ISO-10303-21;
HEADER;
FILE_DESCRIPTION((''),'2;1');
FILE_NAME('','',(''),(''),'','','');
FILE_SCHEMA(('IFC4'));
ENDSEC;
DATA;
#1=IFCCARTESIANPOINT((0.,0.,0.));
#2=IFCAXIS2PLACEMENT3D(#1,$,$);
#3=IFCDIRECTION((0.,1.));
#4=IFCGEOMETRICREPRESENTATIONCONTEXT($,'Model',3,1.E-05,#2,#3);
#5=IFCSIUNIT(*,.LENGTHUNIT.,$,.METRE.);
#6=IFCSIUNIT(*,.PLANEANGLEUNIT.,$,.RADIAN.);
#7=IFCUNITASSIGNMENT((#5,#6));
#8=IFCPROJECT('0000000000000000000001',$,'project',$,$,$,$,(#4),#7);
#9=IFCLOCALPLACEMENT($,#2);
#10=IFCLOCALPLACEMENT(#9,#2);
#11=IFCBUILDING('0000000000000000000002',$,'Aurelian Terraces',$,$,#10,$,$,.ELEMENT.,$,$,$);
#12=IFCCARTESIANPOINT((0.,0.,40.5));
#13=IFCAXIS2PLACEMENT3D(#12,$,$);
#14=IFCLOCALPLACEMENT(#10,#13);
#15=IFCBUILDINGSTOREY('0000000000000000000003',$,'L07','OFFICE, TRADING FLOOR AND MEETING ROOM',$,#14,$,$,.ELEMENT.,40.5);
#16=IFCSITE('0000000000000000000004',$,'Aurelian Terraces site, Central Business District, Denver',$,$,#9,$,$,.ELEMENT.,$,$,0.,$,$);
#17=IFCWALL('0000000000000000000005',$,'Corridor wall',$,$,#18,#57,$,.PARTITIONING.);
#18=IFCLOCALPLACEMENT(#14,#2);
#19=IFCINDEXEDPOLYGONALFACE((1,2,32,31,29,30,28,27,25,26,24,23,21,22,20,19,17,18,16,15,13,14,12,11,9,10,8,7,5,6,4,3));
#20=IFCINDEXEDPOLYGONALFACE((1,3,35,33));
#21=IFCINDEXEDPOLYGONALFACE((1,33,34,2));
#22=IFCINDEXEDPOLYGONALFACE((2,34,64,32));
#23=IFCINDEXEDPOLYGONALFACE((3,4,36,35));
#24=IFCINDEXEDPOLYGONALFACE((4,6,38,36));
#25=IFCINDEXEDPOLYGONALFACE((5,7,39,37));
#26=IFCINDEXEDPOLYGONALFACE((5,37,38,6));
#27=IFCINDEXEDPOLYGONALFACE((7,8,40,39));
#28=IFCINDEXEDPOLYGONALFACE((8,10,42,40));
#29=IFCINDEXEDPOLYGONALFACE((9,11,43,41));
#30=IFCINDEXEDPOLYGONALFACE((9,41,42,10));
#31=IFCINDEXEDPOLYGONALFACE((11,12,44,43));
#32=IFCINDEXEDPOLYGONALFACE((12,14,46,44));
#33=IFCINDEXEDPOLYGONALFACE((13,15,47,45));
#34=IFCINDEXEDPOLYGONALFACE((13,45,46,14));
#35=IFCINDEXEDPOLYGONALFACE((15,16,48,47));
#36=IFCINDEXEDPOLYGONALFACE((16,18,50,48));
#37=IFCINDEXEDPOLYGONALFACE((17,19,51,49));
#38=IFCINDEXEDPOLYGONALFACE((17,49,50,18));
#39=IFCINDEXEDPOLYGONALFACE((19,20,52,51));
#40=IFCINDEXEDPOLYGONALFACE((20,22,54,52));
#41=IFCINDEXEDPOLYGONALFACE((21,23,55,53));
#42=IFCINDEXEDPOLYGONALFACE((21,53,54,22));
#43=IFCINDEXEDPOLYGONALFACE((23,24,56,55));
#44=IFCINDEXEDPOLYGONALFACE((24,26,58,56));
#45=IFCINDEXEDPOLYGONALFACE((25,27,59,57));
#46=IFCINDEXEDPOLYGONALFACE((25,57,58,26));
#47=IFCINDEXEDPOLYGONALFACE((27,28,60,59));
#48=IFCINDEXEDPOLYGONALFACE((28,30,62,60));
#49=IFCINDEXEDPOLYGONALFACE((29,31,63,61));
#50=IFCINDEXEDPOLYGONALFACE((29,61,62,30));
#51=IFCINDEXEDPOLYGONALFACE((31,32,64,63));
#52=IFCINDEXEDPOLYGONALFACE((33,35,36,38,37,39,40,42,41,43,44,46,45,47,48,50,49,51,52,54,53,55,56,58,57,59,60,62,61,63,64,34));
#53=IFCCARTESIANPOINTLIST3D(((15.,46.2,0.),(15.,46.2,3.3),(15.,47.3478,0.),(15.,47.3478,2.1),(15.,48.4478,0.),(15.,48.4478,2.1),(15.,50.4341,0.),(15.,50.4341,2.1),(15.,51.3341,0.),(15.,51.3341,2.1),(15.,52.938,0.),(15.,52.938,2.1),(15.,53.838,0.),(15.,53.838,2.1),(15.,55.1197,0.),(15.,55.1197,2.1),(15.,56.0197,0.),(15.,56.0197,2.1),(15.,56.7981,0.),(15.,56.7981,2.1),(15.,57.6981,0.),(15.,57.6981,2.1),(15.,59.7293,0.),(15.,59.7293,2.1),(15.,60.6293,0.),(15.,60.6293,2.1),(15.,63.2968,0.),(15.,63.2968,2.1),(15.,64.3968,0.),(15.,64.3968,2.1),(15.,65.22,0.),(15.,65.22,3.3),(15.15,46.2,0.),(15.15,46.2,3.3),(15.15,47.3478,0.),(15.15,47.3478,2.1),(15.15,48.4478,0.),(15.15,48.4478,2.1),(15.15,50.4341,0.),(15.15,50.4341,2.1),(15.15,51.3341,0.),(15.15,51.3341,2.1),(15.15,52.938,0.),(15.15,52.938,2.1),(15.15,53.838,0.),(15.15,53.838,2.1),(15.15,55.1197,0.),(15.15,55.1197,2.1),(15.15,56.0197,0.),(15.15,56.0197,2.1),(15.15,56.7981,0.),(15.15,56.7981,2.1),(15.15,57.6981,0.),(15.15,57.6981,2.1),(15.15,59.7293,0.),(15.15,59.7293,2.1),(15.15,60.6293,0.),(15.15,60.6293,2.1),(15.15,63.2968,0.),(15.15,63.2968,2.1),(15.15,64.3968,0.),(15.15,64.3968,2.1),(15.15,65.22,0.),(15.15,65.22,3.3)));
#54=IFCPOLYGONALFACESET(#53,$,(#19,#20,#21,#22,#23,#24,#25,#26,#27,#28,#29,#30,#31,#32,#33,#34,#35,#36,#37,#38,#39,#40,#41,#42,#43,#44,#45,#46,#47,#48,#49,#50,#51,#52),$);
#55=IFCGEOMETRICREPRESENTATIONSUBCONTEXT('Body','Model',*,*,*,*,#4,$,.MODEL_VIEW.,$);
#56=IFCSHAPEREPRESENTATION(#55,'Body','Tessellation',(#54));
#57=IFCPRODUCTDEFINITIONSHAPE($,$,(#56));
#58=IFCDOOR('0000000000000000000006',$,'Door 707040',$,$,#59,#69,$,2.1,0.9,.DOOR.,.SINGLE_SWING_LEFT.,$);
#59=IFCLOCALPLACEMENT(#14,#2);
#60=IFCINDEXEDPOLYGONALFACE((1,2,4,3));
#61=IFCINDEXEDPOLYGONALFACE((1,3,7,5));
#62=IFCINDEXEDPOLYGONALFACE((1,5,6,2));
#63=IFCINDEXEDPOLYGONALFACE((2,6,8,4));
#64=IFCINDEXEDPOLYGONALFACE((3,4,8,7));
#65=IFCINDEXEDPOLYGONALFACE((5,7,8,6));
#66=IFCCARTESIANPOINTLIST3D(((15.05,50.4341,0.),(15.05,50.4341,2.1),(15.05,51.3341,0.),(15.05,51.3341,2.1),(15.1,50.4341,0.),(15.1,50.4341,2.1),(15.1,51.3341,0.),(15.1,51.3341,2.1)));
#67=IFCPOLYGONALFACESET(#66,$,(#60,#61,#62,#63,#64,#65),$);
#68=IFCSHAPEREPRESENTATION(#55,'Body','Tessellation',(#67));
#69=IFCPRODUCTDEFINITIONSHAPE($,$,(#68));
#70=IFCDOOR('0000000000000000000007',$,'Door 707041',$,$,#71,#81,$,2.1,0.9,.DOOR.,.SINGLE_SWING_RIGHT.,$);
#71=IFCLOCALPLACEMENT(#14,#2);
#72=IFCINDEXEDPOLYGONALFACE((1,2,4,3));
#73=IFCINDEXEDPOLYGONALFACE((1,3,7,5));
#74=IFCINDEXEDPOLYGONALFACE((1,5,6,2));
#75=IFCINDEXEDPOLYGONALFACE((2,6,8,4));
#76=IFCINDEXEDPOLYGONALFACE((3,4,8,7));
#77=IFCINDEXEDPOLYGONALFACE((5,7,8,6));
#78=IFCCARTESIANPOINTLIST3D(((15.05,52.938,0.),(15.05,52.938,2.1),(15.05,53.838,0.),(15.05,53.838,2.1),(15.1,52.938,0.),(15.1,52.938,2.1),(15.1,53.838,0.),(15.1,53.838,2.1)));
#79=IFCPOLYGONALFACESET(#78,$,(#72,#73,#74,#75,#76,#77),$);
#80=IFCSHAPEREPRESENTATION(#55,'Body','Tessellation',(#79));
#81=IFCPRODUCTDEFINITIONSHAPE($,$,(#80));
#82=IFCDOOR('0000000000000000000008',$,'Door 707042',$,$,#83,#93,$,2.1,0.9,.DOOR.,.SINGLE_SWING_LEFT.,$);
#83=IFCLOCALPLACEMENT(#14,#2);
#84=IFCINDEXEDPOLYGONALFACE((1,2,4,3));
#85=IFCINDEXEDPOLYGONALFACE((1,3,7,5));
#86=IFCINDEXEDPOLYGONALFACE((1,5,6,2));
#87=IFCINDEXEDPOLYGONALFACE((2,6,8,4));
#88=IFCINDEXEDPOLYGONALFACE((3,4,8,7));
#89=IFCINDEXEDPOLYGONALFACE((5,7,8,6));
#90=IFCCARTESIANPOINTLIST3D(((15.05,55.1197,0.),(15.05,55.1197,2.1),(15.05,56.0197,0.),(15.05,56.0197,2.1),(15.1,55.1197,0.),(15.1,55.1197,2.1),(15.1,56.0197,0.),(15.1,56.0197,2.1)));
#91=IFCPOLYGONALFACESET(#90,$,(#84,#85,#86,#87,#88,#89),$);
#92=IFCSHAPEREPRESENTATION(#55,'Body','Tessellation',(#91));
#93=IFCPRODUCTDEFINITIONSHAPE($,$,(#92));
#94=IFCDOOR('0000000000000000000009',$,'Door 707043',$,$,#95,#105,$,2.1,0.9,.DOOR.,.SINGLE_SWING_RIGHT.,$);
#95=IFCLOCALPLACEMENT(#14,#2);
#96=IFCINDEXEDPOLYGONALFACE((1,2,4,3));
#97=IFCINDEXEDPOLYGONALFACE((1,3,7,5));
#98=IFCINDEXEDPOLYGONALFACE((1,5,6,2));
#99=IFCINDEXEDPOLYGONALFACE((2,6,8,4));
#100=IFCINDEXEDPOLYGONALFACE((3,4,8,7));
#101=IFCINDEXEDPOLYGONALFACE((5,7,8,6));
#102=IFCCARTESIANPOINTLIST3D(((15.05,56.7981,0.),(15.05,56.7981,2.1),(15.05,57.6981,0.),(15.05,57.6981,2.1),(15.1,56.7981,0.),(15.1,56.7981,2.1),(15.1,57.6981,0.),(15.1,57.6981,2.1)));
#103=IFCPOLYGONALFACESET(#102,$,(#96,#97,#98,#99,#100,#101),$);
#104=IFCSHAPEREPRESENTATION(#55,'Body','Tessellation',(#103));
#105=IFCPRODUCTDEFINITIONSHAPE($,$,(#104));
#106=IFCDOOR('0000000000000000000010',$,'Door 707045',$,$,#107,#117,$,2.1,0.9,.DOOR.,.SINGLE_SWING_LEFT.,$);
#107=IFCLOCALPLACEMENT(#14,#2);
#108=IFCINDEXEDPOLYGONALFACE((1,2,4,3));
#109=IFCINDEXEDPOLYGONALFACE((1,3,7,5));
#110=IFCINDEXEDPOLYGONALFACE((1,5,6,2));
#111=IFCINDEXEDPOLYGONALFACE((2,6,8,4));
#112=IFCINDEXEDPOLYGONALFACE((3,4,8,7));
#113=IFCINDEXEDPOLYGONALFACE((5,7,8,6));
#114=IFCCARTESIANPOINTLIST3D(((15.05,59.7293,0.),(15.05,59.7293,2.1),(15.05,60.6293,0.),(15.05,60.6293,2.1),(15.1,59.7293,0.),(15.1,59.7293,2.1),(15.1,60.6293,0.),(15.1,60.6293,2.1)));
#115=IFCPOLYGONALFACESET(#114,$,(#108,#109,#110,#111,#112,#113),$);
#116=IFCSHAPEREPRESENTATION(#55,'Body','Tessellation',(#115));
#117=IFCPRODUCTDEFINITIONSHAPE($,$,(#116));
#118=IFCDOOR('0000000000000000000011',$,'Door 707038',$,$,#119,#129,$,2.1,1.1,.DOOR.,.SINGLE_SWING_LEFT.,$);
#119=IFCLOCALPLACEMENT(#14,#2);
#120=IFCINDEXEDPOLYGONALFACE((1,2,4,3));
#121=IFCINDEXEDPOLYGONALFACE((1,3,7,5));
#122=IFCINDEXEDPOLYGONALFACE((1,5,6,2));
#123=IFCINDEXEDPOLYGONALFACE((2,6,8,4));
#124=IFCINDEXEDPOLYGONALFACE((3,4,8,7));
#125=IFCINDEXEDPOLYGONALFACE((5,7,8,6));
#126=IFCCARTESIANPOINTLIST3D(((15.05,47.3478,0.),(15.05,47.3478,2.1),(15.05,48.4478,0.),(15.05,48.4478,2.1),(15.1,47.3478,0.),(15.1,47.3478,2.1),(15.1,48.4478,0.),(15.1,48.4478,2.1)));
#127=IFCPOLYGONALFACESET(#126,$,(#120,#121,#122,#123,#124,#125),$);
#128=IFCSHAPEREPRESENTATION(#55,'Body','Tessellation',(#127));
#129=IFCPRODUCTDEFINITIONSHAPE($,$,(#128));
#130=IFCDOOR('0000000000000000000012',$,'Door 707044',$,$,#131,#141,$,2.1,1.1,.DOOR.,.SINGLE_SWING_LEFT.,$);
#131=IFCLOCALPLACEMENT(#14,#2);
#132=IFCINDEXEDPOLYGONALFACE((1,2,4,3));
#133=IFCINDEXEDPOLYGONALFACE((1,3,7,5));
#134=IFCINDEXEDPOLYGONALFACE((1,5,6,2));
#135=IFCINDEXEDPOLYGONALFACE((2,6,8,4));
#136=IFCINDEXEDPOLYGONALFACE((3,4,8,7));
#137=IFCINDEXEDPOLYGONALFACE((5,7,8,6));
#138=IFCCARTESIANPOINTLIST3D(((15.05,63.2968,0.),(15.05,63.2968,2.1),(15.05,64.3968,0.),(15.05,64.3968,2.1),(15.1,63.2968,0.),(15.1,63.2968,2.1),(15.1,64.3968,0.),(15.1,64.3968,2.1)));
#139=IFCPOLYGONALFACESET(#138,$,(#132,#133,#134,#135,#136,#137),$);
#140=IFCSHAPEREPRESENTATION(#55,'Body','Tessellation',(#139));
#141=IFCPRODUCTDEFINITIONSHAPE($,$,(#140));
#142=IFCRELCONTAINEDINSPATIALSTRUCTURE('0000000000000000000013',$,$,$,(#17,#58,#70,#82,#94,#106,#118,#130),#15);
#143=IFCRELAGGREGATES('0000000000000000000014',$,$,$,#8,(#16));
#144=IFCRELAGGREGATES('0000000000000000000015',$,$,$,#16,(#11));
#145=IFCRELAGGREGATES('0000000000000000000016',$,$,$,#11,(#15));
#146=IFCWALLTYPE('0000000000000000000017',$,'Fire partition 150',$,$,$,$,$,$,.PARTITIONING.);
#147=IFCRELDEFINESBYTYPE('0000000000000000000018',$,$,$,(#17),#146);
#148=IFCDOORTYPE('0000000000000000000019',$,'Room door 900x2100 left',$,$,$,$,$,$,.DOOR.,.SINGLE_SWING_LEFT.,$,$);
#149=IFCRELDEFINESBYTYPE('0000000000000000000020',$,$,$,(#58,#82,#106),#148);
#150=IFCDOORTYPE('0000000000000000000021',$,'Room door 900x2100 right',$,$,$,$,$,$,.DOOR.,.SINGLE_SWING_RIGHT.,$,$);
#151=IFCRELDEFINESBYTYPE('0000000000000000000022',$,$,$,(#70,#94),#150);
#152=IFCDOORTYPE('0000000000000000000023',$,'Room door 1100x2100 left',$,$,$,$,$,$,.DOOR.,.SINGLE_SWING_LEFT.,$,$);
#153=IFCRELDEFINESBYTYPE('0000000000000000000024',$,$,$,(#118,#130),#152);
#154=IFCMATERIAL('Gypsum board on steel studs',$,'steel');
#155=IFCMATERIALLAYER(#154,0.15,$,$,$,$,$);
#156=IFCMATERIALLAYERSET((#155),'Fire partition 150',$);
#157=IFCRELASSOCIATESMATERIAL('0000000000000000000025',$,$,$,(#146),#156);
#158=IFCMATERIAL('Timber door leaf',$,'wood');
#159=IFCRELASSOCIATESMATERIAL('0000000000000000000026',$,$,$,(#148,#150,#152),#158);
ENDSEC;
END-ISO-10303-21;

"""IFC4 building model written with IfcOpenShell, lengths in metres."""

from ifc_helpers import new_model, si_unit, direction, frame, frame_2d, origin, place, context, subcontext, project, spatial, rectangle, extrude, source, transform, mapped, material, layer, layer_set, type_object, element, fill, save


model = new_model("IFC4")

# Units and contexts
model_context = context("Model", 3, precision=1e-05, world=origin(), true_north=direction((0.0, 1.0)))
body_context = subcontext(model_context, "Body", "Model", "MODEL_VIEW")
ifc_project = project(units=[si_unit("LENGTHUNIT", "METRE"), si_unit("PLANEANGLEUNIT", "RADIAN")], contexts=[model_context])

# Site, building, storey
site_placement = place(None, origin())
site = spatial("IfcSite", under=ifc_project, at=site_placement, Name="Aurelian Terraces site, Central Business District, Denver", CompositionType="ELEMENT", RefElevation=0.0)
building_placement = place(site_placement, origin())
building = spatial("IfcBuilding", under=site, at=building_placement, Name="Aurelian Terraces", CompositionType="ELEMENT")
storey_placement = place(building_placement, frame((0.0, 0.0, 40.5)))
storey = spatial("IfcBuildingStorey", under=building, at=storey_placement, Name="L07", Description="OFFICE, TRADING FLOOR AND MEETING ROOM", CompositionType="ELEMENT", Elevation=40.5)

# Shared definitions
ifc_material_1 = material(Name="Gypsum board on steel studs", Category="steel")
shared_shape_1 = source(origin(), body_context, "Body", "SweptSolid", [
    extrude(rectangle(XDim=1.1, YDim=2.1, at=frame_2d((0.55, 1.05))), frame((0.0, 0.085, 0.0), z_axis=(0.0, -1.0, 0.0), x_axis=(1.0, 0.0, 0.0)), (0.0, 0.0, 1.0), 0.17),
])
ifc_material_2 = material(Name="Timber door leaf", Category="wood")
shared_shape_2 = source(origin(), body_context, "Body", "SweptSolid", [
    extrude(rectangle(XDim=1.1, YDim=2.1, at=frame_2d((0.55, 1.05))), frame((0.0, 0.025, 0.0), z_axis=(0.0, -1.0, 0.0), x_axis=(1.0, 0.0, 0.0)), (0.0, 0.0, 1.0), 0.05),
])

# Wall, openings, doors
ifc_layer_1 = layer(ifc_material_1, 0.15)
ifc_layer_set_1 = layer_set([ifc_layer_1], Name="Fire partition 150")
wall_type_1 = type_object("IfcWallType", Name="Fire partition 150", PredefinedType="PARTITIONING", material=ifc_layer_set_1)
shared_shape_3 = source(origin(), body_context, "Body", "SweptSolid", [
    extrude(rectangle(XDim=19.02, YDim=0.15, at=frame_2d((9.51, 0.0))), origin(), (0.0, 0.0, 1.0), 3.3),
])
wall_1_placement = place(storey_placement, frame((15.075, 46.2, 0.0), z_axis=(0.0, 0.0, 1.0), x_axis=(0.0, 1.0, 0.0)))
wall_1 = element("IfcWall", 1, at=wall_1_placement, inside=storey, type_object=wall_type_1, Name="Corridor wall", PredefinedType="PARTITIONING", context=body_context, shape_type="MappedRepresentation", body=[
    mapped(shared_shape_3, transform((0.0, 0.0, 0.0), scale=1.0)),
])
opening_1_placement = place(wall_1_placement, frame((1.1478, 0.0, 0.0)))
opening_1 = element("IfcOpeningElement", 2, at=opening_1_placement, cuts=wall_1, PredefinedType="OPENING", context=body_context, shape_type="MappedRepresentation", body=[
    mapped(shared_shape_1, transform((0.0, 0.0, 0.0), scale=1.0)),
])
shared_shape_4 = source(origin(), body_context, "Body", "SweptSolid", [
    extrude(rectangle(XDim=0.9, YDim=2.1, at=frame_2d((0.45, 1.05))), frame((0.0, 0.085, 0.0), z_axis=(0.0, -1.0, 0.0), x_axis=(1.0, 0.0, 0.0)), (0.0, 0.0, 1.0), 0.17),
])
opening_2_placement = place(wall_1_placement, frame((4.2341, 0.0, 0.0)))
opening_2 = element("IfcOpeningElement", 3, at=opening_2_placement, cuts=wall_1, PredefinedType="OPENING", context=body_context, shape_type="MappedRepresentation", body=[
    mapped(shared_shape_4, transform((0.0, 0.0, 0.0), scale=1.0)),
])
opening_3_placement = place(wall_1_placement, frame((6.738, 0.0, 0.0)))
opening_3 = element("IfcOpeningElement", 4, at=opening_3_placement, cuts=wall_1, PredefinedType="OPENING", context=body_context, shape_type="MappedRepresentation", body=[
    mapped(shared_shape_4, transform((0.0, 0.0, 0.0), scale=1.0)),
])
opening_4_placement = place(wall_1_placement, frame((8.9197, 0.0, 0.0)))
opening_4 = element("IfcOpeningElement", 5, at=opening_4_placement, cuts=wall_1, PredefinedType="OPENING", context=body_context, shape_type="MappedRepresentation", body=[
    mapped(shared_shape_4, transform((0.0, 0.0, 0.0), scale=1.0)),
])
opening_5_placement = place(wall_1_placement, frame((10.5981, 0.0, 0.0)))
opening_5 = element("IfcOpeningElement", 6, at=opening_5_placement, cuts=wall_1, PredefinedType="OPENING", context=body_context, shape_type="MappedRepresentation", body=[
    mapped(shared_shape_4, transform((0.0, 0.0, 0.0), scale=1.0)),
])
opening_6_placement = place(wall_1_placement, frame((17.0968, 0.0, 0.0)))
opening_6 = element("IfcOpeningElement", 7, at=opening_6_placement, cuts=wall_1, PredefinedType="OPENING", context=body_context, shape_type="MappedRepresentation", body=[
    mapped(shared_shape_1, transform((0.0, 0.0, 0.0), scale=1.0)),
])
opening_7_placement = place(wall_1_placement, frame((13.5293, 0.0, 0.0)))
opening_7 = element("IfcOpeningElement", 8, at=opening_7_placement, cuts=wall_1, PredefinedType="OPENING", context=body_context, shape_type="MappedRepresentation", body=[
    mapped(shared_shape_4, transform((0.0, 0.0, 0.0), scale=1.0)),
])
door_type_1 = type_object("IfcDoorType", Name="Room door 900x2100 left", OperationType="SINGLE_SWING_LEFT", PredefinedType="DOOR", material=ifc_material_2)
shared_shape_5 = source(origin(), body_context, "Body", "SweptSolid", [
    extrude(rectangle(XDim=0.9, YDim=2.1, at=frame_2d((0.45, 1.05))), frame((0.0, 0.025, 0.0), z_axis=(0.0, -1.0, 0.0), x_axis=(1.0, 0.0, 0.0)), (0.0, 0.0, 1.0), 0.05),
])
door_1_placement = place(opening_2_placement, origin())
door_1 = element("IfcDoor", 9, at=door_1_placement, inside=storey, type_object=door_type_1, Name="Door 707040", OperationType="SINGLE_SWING_LEFT", OverallHeight=2.1, OverallWidth=0.9, PredefinedType="DOOR", context=body_context, shape_type="MappedRepresentation", body=[
    mapped(shared_shape_5, transform((0.0, 0.0, 0.0), scale=1.0)),
])
fill(opening_2, door_1)
door_type_2 = type_object("IfcDoorType", Name="Room door 900x2100 right", OperationType="SINGLE_SWING_RIGHT", PredefinedType="DOOR", material=ifc_material_2)
door_2_placement = place(opening_3_placement, origin())
door_2 = element("IfcDoor", 10, at=door_2_placement, inside=storey, type_object=door_type_2, Name="Door 707041", OperationType="SINGLE_SWING_RIGHT", OverallHeight=2.1, OverallWidth=0.9, PredefinedType="DOOR", context=body_context, shape_type="MappedRepresentation", body=[
    mapped(shared_shape_5, transform((0.0, 0.0, 0.0), scale=1.0)),
])
fill(opening_3, door_2)
door_3_placement = place(opening_4_placement, origin())
door_3 = element("IfcDoor", 11, at=door_3_placement, inside=storey, type_object=door_type_1, Name="Door 707042", OperationType="SINGLE_SWING_LEFT", OverallHeight=2.1, OverallWidth=0.9, PredefinedType="DOOR", context=body_context, shape_type="MappedRepresentation", body=[
    mapped(shared_shape_5, transform((0.0, 0.0, 0.0), scale=1.0)),
])
fill(opening_4, door_3)
door_4_placement = place(opening_5_placement, origin())
door_4 = element("IfcDoor", 12, at=door_4_placement, inside=storey, type_object=door_type_2, Name="Door 707043", OperationType="SINGLE_SWING_RIGHT", OverallHeight=2.1, OverallWidth=0.9, PredefinedType="DOOR", context=body_context, shape_type="MappedRepresentation", body=[
    mapped(shared_shape_5, transform((0.0, 0.0, 0.0), scale=1.0)),
])
fill(opening_5, door_4)
door_5_placement = place(opening_7_placement, origin())
door_5 = element("IfcDoor", 13, at=door_5_placement, inside=storey, type_object=door_type_1, Name="Door 707045", OperationType="SINGLE_SWING_LEFT", OverallHeight=2.1, OverallWidth=0.9, PredefinedType="DOOR", context=body_context, shape_type="MappedRepresentation", body=[
    mapped(shared_shape_5, transform((0.0, 0.0, 0.0), scale=1.0)),
])
fill(opening_7, door_5)
door_type_3 = type_object("IfcDoorType", Name="Room door 1100x2100 left", OperationType="SINGLE_SWING_LEFT", PredefinedType="DOOR", material=ifc_material_2)
door_6_placement = place(opening_1_placement, origin())
door_6 = element("IfcDoor", 14, at=door_6_placement, inside=storey, type_object=door_type_3, Name="Door 707038", OperationType="SINGLE_SWING_LEFT", OverallHeight=2.1, OverallWidth=1.1, PredefinedType="DOOR", context=body_context, shape_type="MappedRepresentation", body=[
    mapped(shared_shape_2, transform((0.0, 0.0, 0.0), scale=1.0)),
])
fill(opening_1, door_6)
door_7_placement = place(opening_6_placement, origin())
door_7 = element("IfcDoor", 15, at=door_7_placement, inside=storey, type_object=door_type_3, Name="Door 707044", OperationType="SINGLE_SWING_LEFT", OverallHeight=2.1, OverallWidth=1.1, PredefinedType="DOOR", context=body_context, shape_type="MappedRepresentation", body=[
    mapped(shared_shape_2, transform((0.0, 0.0, 0.0), scale=1.0)),
])
fill(opening_6, door_7)

save(model, "model.ifc")
